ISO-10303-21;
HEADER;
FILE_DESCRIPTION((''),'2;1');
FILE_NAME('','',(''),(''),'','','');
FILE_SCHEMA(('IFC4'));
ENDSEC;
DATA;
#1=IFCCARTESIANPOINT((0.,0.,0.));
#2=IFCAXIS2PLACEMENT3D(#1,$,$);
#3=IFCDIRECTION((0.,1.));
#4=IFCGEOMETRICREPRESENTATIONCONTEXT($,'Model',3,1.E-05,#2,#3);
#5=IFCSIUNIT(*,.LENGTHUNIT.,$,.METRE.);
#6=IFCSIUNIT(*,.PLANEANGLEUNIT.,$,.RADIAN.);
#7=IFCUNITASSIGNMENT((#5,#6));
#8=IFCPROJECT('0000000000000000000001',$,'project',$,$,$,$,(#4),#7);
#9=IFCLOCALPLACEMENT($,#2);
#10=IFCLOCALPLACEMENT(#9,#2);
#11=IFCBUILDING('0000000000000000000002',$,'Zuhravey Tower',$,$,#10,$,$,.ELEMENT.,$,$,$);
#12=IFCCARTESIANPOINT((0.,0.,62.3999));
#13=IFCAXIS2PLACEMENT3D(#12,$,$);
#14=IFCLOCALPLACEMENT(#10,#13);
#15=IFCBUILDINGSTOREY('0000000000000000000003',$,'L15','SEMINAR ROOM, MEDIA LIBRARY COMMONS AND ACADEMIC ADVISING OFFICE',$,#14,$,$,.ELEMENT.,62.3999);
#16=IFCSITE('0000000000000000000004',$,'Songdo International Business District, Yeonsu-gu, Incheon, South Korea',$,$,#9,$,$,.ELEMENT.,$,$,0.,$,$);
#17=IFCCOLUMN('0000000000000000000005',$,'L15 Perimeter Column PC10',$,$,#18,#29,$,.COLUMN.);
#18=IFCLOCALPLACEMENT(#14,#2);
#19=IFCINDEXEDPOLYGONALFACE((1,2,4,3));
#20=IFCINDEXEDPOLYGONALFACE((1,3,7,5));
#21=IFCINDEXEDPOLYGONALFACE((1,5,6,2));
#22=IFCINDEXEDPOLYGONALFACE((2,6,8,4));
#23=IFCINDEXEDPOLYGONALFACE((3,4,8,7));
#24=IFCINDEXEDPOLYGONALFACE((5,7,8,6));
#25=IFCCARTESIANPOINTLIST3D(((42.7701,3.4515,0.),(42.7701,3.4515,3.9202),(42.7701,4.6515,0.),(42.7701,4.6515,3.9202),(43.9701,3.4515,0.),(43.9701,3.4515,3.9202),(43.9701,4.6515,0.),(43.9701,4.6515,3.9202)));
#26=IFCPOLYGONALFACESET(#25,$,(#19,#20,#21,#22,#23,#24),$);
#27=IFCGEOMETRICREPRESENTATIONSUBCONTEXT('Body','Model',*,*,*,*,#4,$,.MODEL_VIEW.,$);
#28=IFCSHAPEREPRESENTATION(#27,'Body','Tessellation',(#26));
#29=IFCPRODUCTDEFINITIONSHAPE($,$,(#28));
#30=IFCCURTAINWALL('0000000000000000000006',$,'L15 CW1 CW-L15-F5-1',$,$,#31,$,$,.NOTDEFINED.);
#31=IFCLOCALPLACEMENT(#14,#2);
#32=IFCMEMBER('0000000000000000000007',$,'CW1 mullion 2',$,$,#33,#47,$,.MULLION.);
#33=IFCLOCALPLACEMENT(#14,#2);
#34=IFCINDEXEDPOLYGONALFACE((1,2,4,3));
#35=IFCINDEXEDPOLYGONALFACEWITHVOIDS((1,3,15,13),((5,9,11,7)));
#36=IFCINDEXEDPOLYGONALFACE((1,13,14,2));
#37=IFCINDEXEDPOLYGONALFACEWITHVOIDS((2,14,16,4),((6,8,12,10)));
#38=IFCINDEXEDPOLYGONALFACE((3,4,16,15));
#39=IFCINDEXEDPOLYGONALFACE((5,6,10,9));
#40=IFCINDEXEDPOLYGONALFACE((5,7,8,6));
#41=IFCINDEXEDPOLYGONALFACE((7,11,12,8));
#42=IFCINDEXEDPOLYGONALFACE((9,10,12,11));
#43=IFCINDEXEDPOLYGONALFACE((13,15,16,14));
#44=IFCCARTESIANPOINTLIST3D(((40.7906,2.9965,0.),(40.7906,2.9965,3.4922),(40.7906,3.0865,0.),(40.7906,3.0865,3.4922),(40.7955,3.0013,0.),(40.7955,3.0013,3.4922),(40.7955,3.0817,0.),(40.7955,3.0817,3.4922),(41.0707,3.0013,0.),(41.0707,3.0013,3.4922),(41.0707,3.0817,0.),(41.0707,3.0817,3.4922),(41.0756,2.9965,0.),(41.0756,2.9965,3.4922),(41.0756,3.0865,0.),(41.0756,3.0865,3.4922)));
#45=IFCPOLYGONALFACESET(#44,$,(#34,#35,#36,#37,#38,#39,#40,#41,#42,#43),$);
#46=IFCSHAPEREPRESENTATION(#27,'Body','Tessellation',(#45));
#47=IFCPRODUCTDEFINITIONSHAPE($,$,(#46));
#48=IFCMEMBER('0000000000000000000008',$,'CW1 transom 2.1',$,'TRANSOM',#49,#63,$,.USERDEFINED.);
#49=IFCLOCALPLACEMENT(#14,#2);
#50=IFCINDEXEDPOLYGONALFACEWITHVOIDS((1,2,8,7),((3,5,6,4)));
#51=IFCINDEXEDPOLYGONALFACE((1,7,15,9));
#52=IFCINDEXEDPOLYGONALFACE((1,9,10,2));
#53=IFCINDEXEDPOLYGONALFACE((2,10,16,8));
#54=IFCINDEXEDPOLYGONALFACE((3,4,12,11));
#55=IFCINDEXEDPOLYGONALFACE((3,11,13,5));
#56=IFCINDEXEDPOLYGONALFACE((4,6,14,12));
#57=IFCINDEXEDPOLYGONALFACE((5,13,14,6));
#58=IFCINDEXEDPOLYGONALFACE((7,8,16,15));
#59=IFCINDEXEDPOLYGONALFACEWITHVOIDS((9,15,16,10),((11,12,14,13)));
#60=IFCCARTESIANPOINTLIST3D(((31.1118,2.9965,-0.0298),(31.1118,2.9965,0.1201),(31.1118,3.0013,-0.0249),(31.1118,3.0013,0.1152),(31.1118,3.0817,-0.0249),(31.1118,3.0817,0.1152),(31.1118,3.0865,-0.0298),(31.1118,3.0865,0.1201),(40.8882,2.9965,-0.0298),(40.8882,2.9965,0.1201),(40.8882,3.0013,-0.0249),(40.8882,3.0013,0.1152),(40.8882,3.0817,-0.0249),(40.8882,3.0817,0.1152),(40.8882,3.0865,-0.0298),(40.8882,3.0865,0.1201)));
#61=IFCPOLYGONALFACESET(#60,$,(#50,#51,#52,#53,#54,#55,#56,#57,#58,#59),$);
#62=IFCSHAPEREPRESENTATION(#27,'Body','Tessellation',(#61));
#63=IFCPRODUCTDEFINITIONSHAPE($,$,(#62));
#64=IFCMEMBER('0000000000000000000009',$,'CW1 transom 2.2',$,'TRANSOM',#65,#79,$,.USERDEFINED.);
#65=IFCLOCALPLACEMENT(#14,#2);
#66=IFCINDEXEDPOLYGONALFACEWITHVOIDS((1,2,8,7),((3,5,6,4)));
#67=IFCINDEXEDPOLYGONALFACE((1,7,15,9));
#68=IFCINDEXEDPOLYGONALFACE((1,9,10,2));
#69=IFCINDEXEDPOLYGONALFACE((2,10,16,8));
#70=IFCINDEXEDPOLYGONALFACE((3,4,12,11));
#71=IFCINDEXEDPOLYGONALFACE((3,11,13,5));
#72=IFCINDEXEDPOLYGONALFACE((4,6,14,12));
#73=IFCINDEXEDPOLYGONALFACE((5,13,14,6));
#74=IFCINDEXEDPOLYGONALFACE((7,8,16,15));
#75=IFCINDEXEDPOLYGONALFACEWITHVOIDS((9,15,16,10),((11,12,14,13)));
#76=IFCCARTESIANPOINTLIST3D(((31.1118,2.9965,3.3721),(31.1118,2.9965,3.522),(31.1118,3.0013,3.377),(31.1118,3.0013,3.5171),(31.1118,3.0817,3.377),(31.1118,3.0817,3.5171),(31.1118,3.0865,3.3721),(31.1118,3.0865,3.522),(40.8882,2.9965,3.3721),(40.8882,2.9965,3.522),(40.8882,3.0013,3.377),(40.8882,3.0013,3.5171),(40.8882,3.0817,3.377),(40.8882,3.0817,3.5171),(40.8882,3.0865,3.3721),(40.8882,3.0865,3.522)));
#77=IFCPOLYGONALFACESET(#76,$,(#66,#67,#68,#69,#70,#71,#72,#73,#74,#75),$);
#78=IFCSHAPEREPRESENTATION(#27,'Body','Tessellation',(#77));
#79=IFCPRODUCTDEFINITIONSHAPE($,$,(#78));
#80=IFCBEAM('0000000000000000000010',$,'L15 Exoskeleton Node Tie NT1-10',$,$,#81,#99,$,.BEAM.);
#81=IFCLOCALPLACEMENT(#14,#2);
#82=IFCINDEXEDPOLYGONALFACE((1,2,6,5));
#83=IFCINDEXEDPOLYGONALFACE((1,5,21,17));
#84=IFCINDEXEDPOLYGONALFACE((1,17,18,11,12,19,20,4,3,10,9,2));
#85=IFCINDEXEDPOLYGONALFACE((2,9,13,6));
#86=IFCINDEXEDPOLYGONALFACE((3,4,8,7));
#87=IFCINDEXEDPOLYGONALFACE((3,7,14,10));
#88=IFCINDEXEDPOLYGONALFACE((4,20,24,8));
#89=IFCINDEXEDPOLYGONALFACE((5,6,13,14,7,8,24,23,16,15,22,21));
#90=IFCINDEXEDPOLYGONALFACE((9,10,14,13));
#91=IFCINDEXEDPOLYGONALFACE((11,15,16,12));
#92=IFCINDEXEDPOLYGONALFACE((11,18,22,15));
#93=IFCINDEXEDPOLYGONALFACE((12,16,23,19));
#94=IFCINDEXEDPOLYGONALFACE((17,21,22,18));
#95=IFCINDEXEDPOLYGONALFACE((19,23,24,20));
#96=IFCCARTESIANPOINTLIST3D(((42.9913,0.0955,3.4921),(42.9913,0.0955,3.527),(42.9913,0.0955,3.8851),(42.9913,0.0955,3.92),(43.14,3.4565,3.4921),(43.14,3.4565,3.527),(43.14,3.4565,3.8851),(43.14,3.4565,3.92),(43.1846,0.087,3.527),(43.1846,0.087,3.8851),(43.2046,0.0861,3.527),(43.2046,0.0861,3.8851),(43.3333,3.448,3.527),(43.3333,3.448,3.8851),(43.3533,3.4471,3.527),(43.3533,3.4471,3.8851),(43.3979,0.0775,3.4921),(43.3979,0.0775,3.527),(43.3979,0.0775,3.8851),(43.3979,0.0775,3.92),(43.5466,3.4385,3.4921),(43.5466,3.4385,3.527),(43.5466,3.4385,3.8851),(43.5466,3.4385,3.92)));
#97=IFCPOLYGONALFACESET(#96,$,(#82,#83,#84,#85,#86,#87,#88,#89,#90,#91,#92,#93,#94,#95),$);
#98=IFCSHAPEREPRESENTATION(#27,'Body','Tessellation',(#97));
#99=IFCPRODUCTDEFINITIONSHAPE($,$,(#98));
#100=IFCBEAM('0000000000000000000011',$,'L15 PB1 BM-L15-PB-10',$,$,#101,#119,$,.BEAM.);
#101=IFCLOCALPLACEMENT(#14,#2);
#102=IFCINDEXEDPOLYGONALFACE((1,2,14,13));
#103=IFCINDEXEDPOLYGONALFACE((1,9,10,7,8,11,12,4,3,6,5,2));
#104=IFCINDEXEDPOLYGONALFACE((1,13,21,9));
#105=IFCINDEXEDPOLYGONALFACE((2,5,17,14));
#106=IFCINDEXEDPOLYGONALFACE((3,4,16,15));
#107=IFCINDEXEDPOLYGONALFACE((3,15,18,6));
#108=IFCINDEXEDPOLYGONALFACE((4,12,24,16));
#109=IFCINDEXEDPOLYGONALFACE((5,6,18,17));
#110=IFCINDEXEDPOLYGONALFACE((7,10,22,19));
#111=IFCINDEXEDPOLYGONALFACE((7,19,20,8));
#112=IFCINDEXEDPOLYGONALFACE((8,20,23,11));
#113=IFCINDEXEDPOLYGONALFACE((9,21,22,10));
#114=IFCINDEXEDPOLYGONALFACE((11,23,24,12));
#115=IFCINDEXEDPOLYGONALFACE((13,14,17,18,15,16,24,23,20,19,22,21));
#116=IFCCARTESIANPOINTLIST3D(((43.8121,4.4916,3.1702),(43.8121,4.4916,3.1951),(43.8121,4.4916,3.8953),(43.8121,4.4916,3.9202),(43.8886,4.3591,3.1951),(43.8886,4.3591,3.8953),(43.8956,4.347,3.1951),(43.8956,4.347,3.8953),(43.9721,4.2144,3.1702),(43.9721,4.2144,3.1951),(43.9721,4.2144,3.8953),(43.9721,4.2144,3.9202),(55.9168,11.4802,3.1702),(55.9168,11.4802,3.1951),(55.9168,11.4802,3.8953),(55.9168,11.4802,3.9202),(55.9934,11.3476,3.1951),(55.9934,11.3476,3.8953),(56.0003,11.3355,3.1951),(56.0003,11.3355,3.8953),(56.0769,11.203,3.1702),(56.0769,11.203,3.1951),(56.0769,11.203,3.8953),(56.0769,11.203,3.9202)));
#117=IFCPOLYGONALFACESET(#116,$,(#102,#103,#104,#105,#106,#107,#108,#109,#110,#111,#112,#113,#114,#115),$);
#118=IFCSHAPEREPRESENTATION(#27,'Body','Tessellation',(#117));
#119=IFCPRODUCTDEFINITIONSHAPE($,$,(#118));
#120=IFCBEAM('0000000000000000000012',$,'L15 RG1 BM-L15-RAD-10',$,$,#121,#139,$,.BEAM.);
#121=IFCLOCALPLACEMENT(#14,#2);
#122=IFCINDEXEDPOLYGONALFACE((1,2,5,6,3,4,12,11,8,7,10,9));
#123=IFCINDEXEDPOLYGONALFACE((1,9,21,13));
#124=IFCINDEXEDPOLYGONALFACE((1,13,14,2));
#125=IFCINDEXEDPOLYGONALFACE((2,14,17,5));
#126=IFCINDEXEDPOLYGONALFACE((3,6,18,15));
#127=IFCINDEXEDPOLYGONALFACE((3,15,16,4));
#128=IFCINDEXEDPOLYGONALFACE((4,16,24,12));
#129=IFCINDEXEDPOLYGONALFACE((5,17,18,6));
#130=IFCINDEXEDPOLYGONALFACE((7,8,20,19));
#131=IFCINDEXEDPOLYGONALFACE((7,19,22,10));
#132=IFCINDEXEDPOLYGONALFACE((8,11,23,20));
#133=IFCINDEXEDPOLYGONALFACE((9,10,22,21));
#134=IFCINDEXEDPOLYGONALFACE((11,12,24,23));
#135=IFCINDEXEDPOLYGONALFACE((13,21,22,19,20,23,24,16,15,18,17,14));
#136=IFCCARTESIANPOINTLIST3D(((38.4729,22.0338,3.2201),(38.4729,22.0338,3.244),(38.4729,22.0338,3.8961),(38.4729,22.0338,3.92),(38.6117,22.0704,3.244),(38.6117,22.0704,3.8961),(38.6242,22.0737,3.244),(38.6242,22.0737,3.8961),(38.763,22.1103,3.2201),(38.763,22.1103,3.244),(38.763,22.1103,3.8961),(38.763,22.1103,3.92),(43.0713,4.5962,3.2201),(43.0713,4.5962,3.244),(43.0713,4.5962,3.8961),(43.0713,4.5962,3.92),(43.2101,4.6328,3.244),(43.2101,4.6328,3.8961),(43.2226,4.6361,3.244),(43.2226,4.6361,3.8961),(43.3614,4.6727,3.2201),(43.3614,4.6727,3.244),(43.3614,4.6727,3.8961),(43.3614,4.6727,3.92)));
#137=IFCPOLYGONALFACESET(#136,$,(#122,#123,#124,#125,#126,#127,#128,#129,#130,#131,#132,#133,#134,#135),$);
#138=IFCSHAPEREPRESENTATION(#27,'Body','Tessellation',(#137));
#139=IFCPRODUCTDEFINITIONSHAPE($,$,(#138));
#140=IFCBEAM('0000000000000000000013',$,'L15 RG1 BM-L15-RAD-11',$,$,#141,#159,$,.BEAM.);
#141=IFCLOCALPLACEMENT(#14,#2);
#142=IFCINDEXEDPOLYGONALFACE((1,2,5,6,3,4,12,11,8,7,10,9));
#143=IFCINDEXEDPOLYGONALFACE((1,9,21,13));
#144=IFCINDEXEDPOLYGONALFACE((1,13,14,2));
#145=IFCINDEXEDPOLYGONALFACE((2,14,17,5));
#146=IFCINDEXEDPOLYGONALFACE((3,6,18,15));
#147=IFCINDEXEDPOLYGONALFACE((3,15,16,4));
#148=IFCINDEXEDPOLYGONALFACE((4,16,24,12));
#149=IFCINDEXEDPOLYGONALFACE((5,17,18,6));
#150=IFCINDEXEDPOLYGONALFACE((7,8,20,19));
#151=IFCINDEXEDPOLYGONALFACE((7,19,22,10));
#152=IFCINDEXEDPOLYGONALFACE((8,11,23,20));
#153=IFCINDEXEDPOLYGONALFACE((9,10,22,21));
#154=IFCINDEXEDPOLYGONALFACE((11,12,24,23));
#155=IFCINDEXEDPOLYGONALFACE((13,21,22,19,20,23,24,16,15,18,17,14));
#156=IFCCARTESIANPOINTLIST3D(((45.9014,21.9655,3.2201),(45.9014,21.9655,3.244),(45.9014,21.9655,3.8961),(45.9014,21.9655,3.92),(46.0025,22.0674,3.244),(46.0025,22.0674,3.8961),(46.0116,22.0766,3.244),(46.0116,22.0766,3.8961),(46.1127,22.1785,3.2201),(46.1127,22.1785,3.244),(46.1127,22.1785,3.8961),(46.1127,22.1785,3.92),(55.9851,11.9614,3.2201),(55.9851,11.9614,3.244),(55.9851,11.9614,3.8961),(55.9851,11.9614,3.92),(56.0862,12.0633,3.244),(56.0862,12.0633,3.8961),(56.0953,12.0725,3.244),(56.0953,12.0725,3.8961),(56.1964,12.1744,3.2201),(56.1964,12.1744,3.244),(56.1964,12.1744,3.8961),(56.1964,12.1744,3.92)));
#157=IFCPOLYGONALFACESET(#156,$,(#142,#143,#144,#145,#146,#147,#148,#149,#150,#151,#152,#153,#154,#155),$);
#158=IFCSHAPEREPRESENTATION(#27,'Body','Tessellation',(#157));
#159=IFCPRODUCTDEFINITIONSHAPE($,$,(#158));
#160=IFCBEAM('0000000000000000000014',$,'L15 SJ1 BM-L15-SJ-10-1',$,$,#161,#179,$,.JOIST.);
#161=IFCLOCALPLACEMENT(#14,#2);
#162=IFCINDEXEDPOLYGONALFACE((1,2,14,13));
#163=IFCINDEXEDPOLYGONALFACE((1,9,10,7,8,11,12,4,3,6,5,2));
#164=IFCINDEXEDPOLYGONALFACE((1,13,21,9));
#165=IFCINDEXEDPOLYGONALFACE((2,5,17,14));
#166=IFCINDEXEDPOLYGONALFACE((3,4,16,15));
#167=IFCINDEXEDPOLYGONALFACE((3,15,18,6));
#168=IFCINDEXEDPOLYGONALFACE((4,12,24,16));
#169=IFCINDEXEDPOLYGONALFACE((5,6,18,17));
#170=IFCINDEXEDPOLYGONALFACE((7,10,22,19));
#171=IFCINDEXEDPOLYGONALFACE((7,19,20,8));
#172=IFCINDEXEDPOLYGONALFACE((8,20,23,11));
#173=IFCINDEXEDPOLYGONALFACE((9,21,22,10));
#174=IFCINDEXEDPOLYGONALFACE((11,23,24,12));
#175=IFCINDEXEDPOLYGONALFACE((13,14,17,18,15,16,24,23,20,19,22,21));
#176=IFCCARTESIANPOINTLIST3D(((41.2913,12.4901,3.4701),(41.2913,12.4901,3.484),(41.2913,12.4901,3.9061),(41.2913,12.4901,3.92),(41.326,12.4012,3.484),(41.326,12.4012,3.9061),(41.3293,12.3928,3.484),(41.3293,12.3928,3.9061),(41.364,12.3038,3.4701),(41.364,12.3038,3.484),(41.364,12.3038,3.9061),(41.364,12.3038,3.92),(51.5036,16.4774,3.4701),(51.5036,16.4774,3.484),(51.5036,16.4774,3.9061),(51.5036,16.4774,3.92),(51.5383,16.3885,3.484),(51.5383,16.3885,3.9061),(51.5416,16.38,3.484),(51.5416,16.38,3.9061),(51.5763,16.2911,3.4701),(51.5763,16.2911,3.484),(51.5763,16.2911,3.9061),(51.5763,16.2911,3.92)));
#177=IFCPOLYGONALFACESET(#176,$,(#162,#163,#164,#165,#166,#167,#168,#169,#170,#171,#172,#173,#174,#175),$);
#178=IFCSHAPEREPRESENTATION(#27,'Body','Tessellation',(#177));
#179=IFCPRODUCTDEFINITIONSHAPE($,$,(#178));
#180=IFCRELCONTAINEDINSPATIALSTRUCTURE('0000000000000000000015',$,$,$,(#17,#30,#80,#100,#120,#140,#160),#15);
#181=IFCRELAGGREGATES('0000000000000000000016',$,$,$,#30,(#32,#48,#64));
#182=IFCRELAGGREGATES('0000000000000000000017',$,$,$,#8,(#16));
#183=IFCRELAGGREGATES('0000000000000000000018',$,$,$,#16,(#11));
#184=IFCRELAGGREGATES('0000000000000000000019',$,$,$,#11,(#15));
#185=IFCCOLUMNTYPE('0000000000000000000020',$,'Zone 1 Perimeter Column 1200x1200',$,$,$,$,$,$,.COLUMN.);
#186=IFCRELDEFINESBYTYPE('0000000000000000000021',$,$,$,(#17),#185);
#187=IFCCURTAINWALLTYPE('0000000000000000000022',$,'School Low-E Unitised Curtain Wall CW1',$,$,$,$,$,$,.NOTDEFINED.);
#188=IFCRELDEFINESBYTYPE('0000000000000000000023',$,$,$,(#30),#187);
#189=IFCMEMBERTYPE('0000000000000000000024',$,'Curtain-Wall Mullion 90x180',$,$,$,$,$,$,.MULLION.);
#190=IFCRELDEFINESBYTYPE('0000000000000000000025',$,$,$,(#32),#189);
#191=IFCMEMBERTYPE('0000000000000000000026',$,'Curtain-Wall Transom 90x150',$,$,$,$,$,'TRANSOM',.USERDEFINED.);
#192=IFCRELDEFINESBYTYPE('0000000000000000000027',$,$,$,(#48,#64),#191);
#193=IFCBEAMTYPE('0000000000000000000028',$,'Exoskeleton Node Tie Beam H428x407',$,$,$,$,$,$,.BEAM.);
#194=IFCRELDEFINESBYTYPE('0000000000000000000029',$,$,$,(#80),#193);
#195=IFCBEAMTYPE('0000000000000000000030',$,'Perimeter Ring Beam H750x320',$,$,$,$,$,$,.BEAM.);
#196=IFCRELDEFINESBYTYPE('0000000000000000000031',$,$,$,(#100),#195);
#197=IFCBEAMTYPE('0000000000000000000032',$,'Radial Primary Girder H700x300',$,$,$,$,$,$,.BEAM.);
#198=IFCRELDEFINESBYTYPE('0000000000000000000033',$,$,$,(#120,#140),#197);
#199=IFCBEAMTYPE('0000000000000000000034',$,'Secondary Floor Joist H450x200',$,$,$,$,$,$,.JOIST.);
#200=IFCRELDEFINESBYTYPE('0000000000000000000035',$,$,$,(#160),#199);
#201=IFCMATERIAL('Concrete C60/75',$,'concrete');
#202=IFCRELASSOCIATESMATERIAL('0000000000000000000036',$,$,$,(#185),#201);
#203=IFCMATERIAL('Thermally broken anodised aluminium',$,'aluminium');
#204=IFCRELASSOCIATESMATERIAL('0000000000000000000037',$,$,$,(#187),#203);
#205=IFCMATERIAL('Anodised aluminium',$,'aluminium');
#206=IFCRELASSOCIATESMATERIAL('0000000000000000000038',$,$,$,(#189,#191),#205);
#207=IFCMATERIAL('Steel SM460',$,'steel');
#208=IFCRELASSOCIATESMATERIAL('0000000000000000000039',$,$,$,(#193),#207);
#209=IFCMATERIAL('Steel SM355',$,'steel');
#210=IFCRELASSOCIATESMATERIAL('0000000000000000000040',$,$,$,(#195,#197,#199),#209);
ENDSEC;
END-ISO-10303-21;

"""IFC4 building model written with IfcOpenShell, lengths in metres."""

from ifc_helpers import new_model, si_unit, direction, frame, origin, origin_2d, place, context, subcontext, project, spatial, rectangle, hollow_rectangle, i_section, extrude, material, material_profile, profile_set, type_object, element, aggregate, save


model = new_model("IFC4")

# Units and contexts
model_context = context("Model", 3, precision=1e-05, world=origin(), true_north=direction((0.0, 1.0)))
body_context = subcontext(model_context, "Body", "Model", "MODEL_VIEW")
ifc_project = project(units=[si_unit("LENGTHUNIT", "METRE"), si_unit("PLANEANGLEUNIT", "RADIAN")], contexts=[model_context])

# Site, building, storey
site_placement = place(None, origin())
site = spatial("IfcSite", under=ifc_project, at=site_placement, Name="Songdo International Business District, Yeonsu-gu, Incheon, South Korea", CompositionType="ELEMENT", RefElevation=0.0)
building_placement = place(site_placement, origin())
building = spatial("IfcBuilding", under=site, at=building_placement, Name="Zuhravey Tower", CompositionType="ELEMENT")
storey_placement = place(building_placement, frame((0.0, 0.0, 62.3999)))
storey = spatial("IfcBuildingStorey", under=building, at=storey_placement, Name="L15", Description="SEMINAR ROOM, MEDIA LIBRARY COMMONS AND ACADEMIC ADVISING OFFICE", CompositionType="ELEMENT", Elevation=62.3999)

# Column
ifc_material_1 = material(Name="Concrete C60/75", Category="concrete")
ifc_material_profile_1 = material_profile(ifc_material_1, rectangle(XDim=1.2, YDim=1.2, at=origin_2d()), Name="RC-1200x1200")
ifc_profile_set_1 = profile_set([ifc_material_profile_1], Name="Concrete C60/75")
column_type = type_object("IfcColumnType", Name="Zone 1 Perimeter Column 1200x1200", PredefinedType="COLUMN", material=ifc_profile_set_1)
column_placement = place(storey_placement, frame((43.3701, 4.0515, 0.0), z_axis=(0.0, 0.0, 1.0), x_axis=(1.0, 0.0, 0.0)))
element("IfcColumn", 1, at=column_placement, inside=storey, type_object=column_type, Name="L15 Perimeter Column PC10", PredefinedType="COLUMN", context=body_context, shape_type="SweptSolid", body=[
    extrude(rectangle(XDim=1.2, YDim=1.2, at=origin_2d()), origin(), (0.0, 0.0, 1.0), 3.9202),
])

# Curtain wall, members
ifc_material_2 = material(Name="Thermally broken anodised aluminium", Category="aluminium")
curtain_wall_type = type_object("IfcCurtainWallType", Name="School Low-E Unitised Curtain Wall CW1", PredefinedType="NOTDEFINED", material=ifc_material_2)
curtain_wall_placement = place(storey_placement, origin())
curtain_wall = element("IfcCurtainWall", 2, at=curtain_wall_placement, inside=storey, type_object=curtain_wall_type, Name="L15 CW1 CW-L15-F5-1", PredefinedType="NOTDEFINED")
ifc_material_3 = material(Name="Anodised aluminium", Category="aluminium")
ifc_material_profile_2 = material_profile(ifc_material_3, hollow_rectangle(XDim=0.0901, YDim=0.2849, WallThickness=0.0049, at=origin_2d()), Name="ALU-RHS-90x285x5")
ifc_profile_set_2 = profile_set([ifc_material_profile_2], Name="Anodised aluminium")
member_type_1 = type_object("IfcMemberType", Name="Curtain-Wall Mullion 90x180", PredefinedType="MULLION", material=ifc_profile_set_2)
member_1_placement = place(storey_placement, frame((40.9331, 3.0415, 0.0), z_axis=(0.0, 0.0, 1.0), x_axis=(0.0, -1.0, 0.0)))
member_1 = element("IfcMember", 3, at=member_1_placement, type_object=member_type_1, Name="CW1 mullion 2", PredefinedType="MULLION", context=body_context, shape_type="SweptSolid", body=[
    extrude(hollow_rectangle(XDim=0.0901, YDim=0.2849, WallThickness=0.0049, at=origin_2d()), origin(), (0.0, 0.0, 1.0), 3.4922),
])
ifc_material_profile_3 = material_profile(ifc_material_3, hollow_rectangle(XDim=0.0901, YDim=0.1499, WallThickness=0.0049, at=origin_2d()), Name="ALU-RHS-90x150x5")
ifc_profile_set_3 = profile_set([ifc_material_profile_3], Name="Anodised aluminium")
member_type_2 = type_object("IfcMemberType", Name="Curtain-Wall Transom 90x150", ElementType="TRANSOM", PredefinedType="USERDEFINED", material=ifc_profile_set_3)
member_2_placement = place(storey_placement, frame((40.8882, 3.0415, 0.0452), z_axis=(-1.0, 0.0, 0.0), x_axis=(0.0, -1.0, 0.0)))
member_2 = element("IfcMember", 4, at=member_2_placement, type_object=member_type_2, Name="CW1 transom 2.1", ObjectType="TRANSOM", PredefinedType="USERDEFINED", context=body_context, shape_type="SweptSolid", body=[
    extrude(hollow_rectangle(XDim=0.0901, YDim=0.1499, WallThickness=0.0049, at=origin_2d()), origin(), (0.0, 0.0, 1.0), 9.7764),
])
member_3_placement = place(storey_placement, frame((40.8882, 3.0415, 3.447), z_axis=(-1.0, 0.0, 0.0), x_axis=(0.0, -1.0, 0.0)))
member_3 = element("IfcMember", 5, at=member_3_placement, type_object=member_type_2, Name="CW1 transom 2.2", ObjectType="TRANSOM", PredefinedType="USERDEFINED", context=body_context, shape_type="SweptSolid", body=[
    extrude(hollow_rectangle(XDim=0.0901, YDim=0.1499, WallThickness=0.0049, at=origin_2d()), origin(), (0.0, 0.0, 1.0), 9.7764),
])

# Beams
ifc_material_4 = material(Name="Steel SM460", Category="steel")
ifc_material_profile_4 = material_profile(ifc_material_4, i_section(OverallWidth=0.407, OverallDepth=0.428, WebThickness=0.02, FlangeThickness=0.0349, at=origin_2d()), Name="H-428x407x20x35")
ifc_profile_set_4 = profile_set([ifc_material_profile_4], Name="Steel SM460")
beam_type_1 = type_object("IfcBeamType", Name="Exoskeleton Node Tie Beam H428x407", PredefinedType="BEAM", material=ifc_profile_set_4)
beam_1_placement = place(storey_placement, frame((43.3433, 3.4475, 3.7061), z_axis=(-0.044193, -0.999023, 0.0), x_axis=(0.999023, -0.044193, 0.0)))
element("IfcBeam", 6, at=beam_1_placement, inside=storey, type_object=beam_type_1, Name="L15 Exoskeleton Node Tie NT1-10", PredefinedType="BEAM", context=body_context, shape_type="SweptSolid", body=[
    extrude(i_section(OverallWidth=0.407, OverallDepth=0.428, WebThickness=0.02, FlangeThickness=0.0349, at=origin_2d()), origin(), (0.0, 0.0, 1.0), 3.3643),
])
ifc_material_5 = material(Name="Steel SM355", Category="steel")
ifc_material_profile_5 = material_profile(ifc_material_5, i_section(OverallWidth=0.3201, OverallDepth=0.75, WebThickness=0.0139, FlangeThickness=0.0249, at=origin_2d()), Name="H-750x320x14x25")
ifc_profile_set_5 = profile_set([ifc_material_profile_5], Name="Steel SM355")
beam_type_2 = type_object("IfcBeamType", Name="Perimeter Ring Beam H750x320", PredefinedType="BEAM", material=ifc_profile_set_5)
beam_2_placement = place(storey_placement, frame((43.8921, 4.353, 3.5452), z_axis=(0.86603, 0.499992, 0.0), x_axis=(-0.499992, 0.86603, 0.0)))
element("IfcBeam", 7, at=beam_2_placement, inside=storey, type_object=beam_type_2, Name="L15 PB1 BM-L15-PB-10", PredefinedType="BEAM", context=body_context, shape_type="SweptSolid", body=[
    extrude(i_section(OverallWidth=0.3201, OverallDepth=0.75, WebThickness=0.0139, FlangeThickness=0.0249, at=origin_2d()), origin(), (0.0, 0.0, 1.0), 13.9773),
])
ifc_material_profile_6 = material_profile(ifc_material_5, i_section(OverallWidth=0.3, OverallDepth=0.7, WebThickness=0.0129, FlangeThickness=0.0239, at=origin_2d()), Name="H-700x300x13x24")
ifc_profile_set_6 = profile_set([ifc_material_profile_6], Name="Steel SM355")
beam_type_3 = type_object("IfcBeamType", Name="Radial Primary Girder H700x300", PredefinedType="BEAM", material=ifc_profile_set_6)
beam_3_placement = place(storey_placement, frame((38.6179, 22.072, 3.5701), z_axis=(0.25499, -0.966944, 0.0), x_axis=(0.966944, 0.25499, 0.0)))
element("IfcBeam", 8, at=beam_3_placement, inside=storey, type_object=beam_type_3, Name="L15 RG1 BM-L15-RAD-10", PredefinedType="BEAM", context=body_context, shape_type="SweptSolid", body=[
    extrude(i_section(OverallWidth=0.3, OverallDepth=0.7, WebThickness=0.0129, FlangeThickness=0.0239, at=origin_2d()), origin(), (0.0, 0.0, 1.0), 18.0337),
])
beam_4_placement = place(storey_placement, frame((46.0071, 22.072, 3.5701), z_axis=(0.709903, -0.7043, 0.0), x_axis=(0.7043, 0.709903, 0.0)))
element("IfcBeam", 9, at=beam_4_placement, inside=storey, type_object=beam_type_3, Name="L15 RG1 BM-L15-RAD-11", PredefinedType="BEAM", context=body_context, shape_type="SweptSolid", body=[
    extrude(i_section(OverallWidth=0.3, OverallDepth=0.7, WebThickness=0.0129, FlangeThickness=0.0239, at=origin_2d()), origin(), (0.0, 0.0, 1.0), 14.2043),
])
ifc_material_profile_7 = material_profile(ifc_material_5, i_section(OverallWidth=0.2, OverallDepth=0.45, WebThickness=0.009, FlangeThickness=0.0139, at=origin_2d()), Name="H-450x200x9x14")
ifc_profile_set_7 = profile_set([ifc_material_profile_7], Name="Steel SM355")
beam_type_4 = type_object("IfcBeamType", Name="Secondary Floor Joist H450x200", PredefinedType="JOIST", material=ifc_profile_set_7)
beam_5_placement = place(storey_placement, frame((41.3276, 12.397, 3.6951), z_axis=(0.931517, 0.363699, 0.0), x_axis=(-0.363699, 0.931517, 0.0)))
element("IfcBeam", 10, at=beam_5_placement, inside=storey, type_object=beam_type_4, Name="L15 SJ1 BM-L15-SJ-10-1", PredefinedType="JOIST", context=body_context, shape_type="SweptSolid", body=[
    extrude(i_section(OverallWidth=0.2, OverallDepth=0.45, WebThickness=0.009, FlangeThickness=0.0139, at=origin_2d()), origin(), (0.0, 0.0, 1.0), 10.9631),
])

aggregate(curtain_wall, [member_1, member_2, member_3])

save(model, "model.ifc")
